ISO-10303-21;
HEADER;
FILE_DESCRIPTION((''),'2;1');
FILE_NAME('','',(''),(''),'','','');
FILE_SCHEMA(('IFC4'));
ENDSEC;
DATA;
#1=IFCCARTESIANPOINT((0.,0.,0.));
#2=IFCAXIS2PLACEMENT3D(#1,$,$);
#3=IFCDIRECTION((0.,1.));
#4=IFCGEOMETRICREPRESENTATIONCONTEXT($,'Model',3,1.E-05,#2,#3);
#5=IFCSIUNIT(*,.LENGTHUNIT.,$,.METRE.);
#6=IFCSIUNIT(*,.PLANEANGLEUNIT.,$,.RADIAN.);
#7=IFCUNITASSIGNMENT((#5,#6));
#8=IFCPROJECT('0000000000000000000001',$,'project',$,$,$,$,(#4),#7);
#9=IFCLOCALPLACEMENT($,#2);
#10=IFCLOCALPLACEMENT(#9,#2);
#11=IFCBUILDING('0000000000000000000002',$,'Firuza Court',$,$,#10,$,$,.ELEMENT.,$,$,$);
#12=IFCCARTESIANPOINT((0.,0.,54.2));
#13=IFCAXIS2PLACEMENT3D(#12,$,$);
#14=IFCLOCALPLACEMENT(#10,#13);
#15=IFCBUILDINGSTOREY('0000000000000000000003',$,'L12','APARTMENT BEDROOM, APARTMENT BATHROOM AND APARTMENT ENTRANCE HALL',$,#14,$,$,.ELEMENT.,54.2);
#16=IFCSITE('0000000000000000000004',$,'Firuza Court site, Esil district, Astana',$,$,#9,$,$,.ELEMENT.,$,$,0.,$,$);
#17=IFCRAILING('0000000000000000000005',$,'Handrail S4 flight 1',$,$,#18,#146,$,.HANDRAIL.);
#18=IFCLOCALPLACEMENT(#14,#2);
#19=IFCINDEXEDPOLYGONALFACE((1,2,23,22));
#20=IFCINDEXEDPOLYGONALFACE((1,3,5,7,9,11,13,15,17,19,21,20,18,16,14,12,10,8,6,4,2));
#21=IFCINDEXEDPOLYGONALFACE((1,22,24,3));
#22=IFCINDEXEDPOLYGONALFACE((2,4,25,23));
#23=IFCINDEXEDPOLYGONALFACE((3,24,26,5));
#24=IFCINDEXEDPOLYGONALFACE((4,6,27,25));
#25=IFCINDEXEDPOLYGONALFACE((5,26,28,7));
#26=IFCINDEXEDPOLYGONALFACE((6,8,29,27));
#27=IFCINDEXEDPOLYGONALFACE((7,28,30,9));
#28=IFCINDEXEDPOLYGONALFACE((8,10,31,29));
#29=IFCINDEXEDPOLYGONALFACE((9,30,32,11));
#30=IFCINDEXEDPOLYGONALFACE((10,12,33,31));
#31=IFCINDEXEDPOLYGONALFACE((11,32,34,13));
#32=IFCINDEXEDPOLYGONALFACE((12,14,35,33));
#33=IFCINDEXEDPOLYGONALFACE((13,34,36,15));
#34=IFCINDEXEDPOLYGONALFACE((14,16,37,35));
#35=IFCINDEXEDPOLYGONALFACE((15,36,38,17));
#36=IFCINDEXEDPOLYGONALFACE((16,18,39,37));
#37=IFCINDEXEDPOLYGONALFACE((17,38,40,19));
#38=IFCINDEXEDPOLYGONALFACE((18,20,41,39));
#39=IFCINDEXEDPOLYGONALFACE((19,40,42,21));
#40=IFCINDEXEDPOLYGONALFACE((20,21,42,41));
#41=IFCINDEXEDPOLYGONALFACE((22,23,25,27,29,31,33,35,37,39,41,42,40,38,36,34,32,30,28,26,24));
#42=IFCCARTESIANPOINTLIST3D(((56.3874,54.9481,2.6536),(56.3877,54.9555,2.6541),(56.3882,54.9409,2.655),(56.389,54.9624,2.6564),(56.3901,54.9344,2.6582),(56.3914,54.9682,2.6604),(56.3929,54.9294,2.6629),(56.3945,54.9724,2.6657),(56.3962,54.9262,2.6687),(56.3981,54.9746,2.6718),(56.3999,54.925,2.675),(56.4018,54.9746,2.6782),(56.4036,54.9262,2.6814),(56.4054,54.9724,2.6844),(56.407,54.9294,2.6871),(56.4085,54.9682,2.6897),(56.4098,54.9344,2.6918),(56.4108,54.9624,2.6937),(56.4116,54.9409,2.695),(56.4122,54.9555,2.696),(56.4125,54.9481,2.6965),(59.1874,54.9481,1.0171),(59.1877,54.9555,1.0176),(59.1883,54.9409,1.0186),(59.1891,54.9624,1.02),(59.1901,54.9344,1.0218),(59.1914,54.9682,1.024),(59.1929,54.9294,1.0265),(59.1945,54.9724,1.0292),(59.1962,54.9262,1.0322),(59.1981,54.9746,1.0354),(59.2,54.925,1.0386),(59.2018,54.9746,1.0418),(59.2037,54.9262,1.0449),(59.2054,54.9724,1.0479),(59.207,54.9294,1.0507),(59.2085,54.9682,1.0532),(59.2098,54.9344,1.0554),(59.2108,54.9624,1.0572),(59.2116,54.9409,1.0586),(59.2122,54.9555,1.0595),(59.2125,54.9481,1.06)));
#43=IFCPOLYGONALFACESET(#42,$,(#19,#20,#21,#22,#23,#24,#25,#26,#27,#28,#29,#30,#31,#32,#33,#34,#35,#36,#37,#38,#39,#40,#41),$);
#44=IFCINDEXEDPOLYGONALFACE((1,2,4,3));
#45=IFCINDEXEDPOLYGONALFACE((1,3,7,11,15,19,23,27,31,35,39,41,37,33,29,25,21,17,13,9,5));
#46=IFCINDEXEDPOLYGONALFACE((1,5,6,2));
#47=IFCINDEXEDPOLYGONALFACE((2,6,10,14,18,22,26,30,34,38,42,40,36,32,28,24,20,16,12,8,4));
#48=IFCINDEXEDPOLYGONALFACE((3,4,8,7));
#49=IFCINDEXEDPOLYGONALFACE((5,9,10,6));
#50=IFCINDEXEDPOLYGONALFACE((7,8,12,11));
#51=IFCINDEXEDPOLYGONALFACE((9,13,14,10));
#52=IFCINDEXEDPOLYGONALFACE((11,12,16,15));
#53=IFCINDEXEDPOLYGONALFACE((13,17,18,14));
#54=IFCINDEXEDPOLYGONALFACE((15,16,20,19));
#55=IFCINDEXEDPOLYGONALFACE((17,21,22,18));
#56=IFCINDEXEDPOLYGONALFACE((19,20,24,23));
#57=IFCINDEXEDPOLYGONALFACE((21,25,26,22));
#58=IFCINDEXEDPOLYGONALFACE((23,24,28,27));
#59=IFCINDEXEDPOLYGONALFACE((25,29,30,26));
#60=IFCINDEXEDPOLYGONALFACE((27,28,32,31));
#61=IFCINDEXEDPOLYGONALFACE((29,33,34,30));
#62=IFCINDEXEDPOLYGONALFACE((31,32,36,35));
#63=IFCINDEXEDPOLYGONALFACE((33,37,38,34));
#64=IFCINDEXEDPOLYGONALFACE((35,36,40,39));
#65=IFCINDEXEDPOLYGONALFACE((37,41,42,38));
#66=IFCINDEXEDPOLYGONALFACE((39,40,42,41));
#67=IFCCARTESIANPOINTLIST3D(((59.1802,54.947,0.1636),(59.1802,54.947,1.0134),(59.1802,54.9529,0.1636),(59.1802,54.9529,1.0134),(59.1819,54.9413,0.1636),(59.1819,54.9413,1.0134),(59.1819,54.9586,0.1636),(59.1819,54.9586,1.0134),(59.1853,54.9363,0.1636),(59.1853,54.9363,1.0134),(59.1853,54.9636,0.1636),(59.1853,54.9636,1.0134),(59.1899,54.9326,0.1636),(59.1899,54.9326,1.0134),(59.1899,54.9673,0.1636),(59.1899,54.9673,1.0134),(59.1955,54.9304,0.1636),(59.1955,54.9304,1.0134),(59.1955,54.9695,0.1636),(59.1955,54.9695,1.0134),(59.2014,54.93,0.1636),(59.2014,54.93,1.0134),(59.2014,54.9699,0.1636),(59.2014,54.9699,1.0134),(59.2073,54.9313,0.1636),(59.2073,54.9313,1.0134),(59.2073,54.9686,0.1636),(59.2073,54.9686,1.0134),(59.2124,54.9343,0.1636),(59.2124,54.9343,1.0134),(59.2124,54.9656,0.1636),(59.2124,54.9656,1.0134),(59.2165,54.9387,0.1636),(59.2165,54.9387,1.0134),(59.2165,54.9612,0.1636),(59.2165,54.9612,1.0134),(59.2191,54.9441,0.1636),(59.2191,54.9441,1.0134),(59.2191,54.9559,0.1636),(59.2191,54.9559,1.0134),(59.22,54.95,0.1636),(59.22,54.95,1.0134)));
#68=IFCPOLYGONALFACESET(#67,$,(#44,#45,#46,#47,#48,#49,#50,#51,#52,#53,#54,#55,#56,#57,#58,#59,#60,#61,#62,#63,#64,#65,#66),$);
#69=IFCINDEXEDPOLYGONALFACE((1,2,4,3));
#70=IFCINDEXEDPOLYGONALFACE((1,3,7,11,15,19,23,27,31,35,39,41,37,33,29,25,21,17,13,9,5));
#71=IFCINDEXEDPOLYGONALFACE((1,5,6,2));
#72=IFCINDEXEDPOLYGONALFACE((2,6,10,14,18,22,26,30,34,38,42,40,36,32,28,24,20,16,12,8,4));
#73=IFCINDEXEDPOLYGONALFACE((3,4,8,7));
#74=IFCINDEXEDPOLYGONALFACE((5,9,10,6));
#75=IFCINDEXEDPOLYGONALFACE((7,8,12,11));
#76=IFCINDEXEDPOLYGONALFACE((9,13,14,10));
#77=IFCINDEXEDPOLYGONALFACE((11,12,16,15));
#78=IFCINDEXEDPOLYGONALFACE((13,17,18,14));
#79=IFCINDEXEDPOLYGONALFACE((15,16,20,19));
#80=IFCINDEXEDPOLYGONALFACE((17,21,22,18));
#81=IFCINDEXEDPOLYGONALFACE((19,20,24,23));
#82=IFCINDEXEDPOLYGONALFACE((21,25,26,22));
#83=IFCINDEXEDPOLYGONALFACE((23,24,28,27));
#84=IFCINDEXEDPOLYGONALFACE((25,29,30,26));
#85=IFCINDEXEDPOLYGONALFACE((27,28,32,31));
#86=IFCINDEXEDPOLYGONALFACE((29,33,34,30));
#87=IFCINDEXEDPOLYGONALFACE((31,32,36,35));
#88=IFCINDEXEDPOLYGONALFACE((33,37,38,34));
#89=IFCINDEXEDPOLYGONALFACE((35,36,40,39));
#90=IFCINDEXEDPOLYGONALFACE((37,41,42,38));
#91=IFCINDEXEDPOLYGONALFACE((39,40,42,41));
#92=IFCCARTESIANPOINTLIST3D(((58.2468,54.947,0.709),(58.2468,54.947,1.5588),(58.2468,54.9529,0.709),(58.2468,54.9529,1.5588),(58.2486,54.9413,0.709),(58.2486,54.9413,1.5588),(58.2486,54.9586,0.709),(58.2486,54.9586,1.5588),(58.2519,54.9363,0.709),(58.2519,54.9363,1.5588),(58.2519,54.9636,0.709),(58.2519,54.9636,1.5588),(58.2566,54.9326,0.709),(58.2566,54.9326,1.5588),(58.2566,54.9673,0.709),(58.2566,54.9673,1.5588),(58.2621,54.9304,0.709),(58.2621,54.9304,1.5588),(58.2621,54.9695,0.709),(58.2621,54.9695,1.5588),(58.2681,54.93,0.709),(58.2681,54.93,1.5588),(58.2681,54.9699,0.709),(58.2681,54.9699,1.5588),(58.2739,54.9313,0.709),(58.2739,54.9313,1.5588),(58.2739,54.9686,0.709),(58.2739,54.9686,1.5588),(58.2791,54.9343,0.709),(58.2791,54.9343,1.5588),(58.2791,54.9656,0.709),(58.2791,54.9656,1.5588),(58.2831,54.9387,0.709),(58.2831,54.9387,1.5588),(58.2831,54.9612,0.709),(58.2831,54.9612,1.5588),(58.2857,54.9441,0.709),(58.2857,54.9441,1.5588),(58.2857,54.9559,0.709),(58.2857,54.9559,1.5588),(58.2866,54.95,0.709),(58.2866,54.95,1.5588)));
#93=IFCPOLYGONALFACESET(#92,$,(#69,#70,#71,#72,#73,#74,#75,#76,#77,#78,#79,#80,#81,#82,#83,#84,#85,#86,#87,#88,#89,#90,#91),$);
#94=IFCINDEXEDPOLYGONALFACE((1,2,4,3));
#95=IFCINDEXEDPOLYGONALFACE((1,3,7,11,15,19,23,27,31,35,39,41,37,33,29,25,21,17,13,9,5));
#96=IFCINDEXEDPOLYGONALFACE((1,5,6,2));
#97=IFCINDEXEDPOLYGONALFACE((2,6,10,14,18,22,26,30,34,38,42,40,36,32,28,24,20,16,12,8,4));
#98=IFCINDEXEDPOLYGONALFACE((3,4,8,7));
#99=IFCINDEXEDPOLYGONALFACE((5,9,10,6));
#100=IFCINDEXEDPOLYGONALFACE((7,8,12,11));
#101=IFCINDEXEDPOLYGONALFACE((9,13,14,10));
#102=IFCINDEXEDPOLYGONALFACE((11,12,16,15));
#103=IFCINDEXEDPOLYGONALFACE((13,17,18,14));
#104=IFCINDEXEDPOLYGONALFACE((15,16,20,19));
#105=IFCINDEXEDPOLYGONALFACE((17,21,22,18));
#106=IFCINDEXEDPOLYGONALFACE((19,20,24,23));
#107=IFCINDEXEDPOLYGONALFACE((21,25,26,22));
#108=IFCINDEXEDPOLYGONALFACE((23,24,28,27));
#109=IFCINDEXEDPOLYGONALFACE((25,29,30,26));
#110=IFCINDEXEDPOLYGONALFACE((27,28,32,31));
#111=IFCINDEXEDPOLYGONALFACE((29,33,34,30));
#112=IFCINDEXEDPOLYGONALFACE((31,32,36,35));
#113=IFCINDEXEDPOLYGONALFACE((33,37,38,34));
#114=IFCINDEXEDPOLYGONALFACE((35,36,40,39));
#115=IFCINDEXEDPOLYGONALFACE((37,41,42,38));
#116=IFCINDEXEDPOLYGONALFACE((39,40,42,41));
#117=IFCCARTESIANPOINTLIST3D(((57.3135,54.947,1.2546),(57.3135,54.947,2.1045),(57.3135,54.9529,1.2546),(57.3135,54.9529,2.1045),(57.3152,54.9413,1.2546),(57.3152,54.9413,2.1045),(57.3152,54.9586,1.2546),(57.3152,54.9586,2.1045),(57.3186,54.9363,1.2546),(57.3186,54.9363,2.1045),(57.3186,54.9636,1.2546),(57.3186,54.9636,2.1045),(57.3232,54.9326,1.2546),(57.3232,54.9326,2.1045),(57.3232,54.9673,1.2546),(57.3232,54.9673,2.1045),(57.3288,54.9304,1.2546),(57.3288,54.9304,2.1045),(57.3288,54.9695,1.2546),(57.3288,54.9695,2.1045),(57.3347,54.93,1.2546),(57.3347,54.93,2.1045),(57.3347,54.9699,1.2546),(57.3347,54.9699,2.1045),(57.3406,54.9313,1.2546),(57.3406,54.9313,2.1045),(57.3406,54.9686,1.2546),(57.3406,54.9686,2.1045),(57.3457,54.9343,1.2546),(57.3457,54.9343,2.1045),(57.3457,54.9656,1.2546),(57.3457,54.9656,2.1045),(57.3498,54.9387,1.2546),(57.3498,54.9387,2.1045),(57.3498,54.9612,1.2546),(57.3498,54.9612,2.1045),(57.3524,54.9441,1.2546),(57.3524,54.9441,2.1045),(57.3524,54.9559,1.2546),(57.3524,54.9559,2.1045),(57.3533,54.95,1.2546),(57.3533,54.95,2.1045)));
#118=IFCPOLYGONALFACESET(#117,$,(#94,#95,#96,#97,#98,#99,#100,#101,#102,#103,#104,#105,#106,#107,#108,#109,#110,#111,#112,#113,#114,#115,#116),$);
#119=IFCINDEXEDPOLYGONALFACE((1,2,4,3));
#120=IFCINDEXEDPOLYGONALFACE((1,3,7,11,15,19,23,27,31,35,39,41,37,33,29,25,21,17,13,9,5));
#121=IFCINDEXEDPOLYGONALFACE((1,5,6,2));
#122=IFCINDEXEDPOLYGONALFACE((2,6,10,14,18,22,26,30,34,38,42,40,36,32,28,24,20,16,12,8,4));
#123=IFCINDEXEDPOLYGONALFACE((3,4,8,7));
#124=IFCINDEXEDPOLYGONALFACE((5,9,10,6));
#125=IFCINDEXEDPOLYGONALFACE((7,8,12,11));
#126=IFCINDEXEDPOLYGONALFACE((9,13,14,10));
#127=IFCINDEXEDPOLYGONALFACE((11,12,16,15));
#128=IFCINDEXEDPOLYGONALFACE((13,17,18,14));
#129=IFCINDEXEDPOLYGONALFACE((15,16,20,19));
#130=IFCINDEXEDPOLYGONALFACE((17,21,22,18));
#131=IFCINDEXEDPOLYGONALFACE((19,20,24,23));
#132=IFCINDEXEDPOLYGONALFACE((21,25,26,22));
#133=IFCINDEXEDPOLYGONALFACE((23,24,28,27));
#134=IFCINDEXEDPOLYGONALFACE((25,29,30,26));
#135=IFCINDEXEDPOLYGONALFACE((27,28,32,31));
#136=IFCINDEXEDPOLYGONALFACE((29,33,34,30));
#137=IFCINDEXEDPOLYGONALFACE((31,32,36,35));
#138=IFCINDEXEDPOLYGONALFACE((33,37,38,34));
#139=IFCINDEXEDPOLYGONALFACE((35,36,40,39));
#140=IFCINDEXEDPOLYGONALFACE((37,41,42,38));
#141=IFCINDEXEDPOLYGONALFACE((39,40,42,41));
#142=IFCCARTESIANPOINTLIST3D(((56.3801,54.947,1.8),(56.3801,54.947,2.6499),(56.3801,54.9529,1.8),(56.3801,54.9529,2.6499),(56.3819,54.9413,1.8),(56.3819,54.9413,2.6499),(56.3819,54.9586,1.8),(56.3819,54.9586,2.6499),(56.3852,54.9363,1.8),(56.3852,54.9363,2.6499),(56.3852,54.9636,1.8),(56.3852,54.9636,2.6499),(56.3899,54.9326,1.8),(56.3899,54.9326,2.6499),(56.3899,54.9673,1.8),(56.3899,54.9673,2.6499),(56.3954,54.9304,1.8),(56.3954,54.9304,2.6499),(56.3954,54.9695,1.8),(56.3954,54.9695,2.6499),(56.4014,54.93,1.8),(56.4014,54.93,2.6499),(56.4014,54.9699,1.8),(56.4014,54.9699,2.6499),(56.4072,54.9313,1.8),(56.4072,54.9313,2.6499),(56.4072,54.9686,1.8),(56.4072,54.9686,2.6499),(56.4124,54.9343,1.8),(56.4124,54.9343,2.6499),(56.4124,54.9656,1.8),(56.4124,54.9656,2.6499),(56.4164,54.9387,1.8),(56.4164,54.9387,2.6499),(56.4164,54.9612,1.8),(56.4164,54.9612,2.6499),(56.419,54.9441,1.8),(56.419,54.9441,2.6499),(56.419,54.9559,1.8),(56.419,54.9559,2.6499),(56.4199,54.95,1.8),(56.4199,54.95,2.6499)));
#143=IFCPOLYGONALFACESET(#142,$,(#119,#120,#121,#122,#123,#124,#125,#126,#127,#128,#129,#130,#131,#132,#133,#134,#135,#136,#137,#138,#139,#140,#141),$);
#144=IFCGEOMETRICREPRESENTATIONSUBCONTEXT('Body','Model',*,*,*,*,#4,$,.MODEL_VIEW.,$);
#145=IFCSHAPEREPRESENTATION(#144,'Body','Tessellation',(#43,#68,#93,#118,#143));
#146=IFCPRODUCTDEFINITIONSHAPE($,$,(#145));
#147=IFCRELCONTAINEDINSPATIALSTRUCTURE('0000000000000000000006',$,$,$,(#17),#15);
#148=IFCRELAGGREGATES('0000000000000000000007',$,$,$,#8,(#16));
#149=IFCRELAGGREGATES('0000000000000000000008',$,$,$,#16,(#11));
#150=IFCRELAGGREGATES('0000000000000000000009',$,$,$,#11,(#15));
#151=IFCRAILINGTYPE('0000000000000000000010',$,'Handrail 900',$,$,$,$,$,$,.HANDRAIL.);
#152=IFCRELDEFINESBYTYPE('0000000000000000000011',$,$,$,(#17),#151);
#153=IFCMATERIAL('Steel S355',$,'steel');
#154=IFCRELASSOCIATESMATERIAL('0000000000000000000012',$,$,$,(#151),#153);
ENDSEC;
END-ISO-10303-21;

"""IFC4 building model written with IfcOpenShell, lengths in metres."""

from ifc_helpers import new_model, si_unit, direction, frame, origin, origin_2d, place, context, subcontext, project, spatial, circle, extrude, material, type_object, element, save


model = new_model("IFC4")

# Units and contexts
model_context = context("Model", 3, precision=1e-05, world=origin(), true_north=direction((0.0, 1.0)))
body_context = subcontext(model_context, "Body", "Model", "MODEL_VIEW")
ifc_project = project(units=[si_unit("LENGTHUNIT", "METRE"), si_unit("PLANEANGLEUNIT", "RADIAN")], contexts=[model_context])

# Site, building, storey
site_placement = place(None, origin())
site = spatial("IfcSite", under=ifc_project, at=site_placement, Name="Firuza Court site, Esil district, Astana", CompositionType="ELEMENT", RefElevation=0.0)
building_placement = place(site_placement, origin())
building = spatial("IfcBuilding", under=site, at=building_placement, Name="Firuza Court", CompositionType="ELEMENT")
storey_placement = place(building_placement, frame((0.0, 0.0, 54.2)))
storey = spatial("IfcBuildingStorey", under=building, at=storey_placement, Name="L12", Description="APARTMENT BEDROOM, APARTMENT BATHROOM AND APARTMENT ENTRANCE HALL", CompositionType="ELEMENT", Elevation=54.2)

# Railing
ifc_material_1 = material(Name="Steel S355", Category="steel")
railing_type_1 = type_object("IfcRailingType", Name="Handrail 900", PredefinedType="HANDRAIL", material=ifc_material_1)
railing_1_placement = place(storey_placement, frame((59.2, 54.95, 0.1636)))
element("IfcRailing", 1, at=railing_1_placement, inside=storey, type_object=railing_type_1, Name="Handrail S4 flight 1", PredefinedType="HANDRAIL", context=body_context, shape_type="SweptSolid", body=[
    extrude(circle(Radius=0.0249, at=origin_2d()), frame((0.0, 0.0, 0.875), z_axis=(-0.863361, 0.0, 0.504587), x_axis=(0.0, -1.0, 0.0)), (0.0, 0.0, 1.0), 3.2432),
    extrude(circle(Radius=0.02, at=origin_2d()), origin(), (0.0, 0.0, 1.0), 0.8499),
    extrude(circle(Radius=0.02, at=origin_2d()), frame((-0.9333, 0.0, 0.5454)), (0.0, 0.0, 1.0), 0.8499),
    extrude(circle(Radius=0.02, at=origin_2d()), frame((-1.8667, 0.0, 1.0911)), (0.0, 0.0, 1.0), 0.8499),
    extrude(circle(Radius=0.02, at=origin_2d()), frame((-2.8, 0.0, 1.6365)), (0.0, 0.0, 1.0), 0.8499),
])

save(model, "model.ifc")
